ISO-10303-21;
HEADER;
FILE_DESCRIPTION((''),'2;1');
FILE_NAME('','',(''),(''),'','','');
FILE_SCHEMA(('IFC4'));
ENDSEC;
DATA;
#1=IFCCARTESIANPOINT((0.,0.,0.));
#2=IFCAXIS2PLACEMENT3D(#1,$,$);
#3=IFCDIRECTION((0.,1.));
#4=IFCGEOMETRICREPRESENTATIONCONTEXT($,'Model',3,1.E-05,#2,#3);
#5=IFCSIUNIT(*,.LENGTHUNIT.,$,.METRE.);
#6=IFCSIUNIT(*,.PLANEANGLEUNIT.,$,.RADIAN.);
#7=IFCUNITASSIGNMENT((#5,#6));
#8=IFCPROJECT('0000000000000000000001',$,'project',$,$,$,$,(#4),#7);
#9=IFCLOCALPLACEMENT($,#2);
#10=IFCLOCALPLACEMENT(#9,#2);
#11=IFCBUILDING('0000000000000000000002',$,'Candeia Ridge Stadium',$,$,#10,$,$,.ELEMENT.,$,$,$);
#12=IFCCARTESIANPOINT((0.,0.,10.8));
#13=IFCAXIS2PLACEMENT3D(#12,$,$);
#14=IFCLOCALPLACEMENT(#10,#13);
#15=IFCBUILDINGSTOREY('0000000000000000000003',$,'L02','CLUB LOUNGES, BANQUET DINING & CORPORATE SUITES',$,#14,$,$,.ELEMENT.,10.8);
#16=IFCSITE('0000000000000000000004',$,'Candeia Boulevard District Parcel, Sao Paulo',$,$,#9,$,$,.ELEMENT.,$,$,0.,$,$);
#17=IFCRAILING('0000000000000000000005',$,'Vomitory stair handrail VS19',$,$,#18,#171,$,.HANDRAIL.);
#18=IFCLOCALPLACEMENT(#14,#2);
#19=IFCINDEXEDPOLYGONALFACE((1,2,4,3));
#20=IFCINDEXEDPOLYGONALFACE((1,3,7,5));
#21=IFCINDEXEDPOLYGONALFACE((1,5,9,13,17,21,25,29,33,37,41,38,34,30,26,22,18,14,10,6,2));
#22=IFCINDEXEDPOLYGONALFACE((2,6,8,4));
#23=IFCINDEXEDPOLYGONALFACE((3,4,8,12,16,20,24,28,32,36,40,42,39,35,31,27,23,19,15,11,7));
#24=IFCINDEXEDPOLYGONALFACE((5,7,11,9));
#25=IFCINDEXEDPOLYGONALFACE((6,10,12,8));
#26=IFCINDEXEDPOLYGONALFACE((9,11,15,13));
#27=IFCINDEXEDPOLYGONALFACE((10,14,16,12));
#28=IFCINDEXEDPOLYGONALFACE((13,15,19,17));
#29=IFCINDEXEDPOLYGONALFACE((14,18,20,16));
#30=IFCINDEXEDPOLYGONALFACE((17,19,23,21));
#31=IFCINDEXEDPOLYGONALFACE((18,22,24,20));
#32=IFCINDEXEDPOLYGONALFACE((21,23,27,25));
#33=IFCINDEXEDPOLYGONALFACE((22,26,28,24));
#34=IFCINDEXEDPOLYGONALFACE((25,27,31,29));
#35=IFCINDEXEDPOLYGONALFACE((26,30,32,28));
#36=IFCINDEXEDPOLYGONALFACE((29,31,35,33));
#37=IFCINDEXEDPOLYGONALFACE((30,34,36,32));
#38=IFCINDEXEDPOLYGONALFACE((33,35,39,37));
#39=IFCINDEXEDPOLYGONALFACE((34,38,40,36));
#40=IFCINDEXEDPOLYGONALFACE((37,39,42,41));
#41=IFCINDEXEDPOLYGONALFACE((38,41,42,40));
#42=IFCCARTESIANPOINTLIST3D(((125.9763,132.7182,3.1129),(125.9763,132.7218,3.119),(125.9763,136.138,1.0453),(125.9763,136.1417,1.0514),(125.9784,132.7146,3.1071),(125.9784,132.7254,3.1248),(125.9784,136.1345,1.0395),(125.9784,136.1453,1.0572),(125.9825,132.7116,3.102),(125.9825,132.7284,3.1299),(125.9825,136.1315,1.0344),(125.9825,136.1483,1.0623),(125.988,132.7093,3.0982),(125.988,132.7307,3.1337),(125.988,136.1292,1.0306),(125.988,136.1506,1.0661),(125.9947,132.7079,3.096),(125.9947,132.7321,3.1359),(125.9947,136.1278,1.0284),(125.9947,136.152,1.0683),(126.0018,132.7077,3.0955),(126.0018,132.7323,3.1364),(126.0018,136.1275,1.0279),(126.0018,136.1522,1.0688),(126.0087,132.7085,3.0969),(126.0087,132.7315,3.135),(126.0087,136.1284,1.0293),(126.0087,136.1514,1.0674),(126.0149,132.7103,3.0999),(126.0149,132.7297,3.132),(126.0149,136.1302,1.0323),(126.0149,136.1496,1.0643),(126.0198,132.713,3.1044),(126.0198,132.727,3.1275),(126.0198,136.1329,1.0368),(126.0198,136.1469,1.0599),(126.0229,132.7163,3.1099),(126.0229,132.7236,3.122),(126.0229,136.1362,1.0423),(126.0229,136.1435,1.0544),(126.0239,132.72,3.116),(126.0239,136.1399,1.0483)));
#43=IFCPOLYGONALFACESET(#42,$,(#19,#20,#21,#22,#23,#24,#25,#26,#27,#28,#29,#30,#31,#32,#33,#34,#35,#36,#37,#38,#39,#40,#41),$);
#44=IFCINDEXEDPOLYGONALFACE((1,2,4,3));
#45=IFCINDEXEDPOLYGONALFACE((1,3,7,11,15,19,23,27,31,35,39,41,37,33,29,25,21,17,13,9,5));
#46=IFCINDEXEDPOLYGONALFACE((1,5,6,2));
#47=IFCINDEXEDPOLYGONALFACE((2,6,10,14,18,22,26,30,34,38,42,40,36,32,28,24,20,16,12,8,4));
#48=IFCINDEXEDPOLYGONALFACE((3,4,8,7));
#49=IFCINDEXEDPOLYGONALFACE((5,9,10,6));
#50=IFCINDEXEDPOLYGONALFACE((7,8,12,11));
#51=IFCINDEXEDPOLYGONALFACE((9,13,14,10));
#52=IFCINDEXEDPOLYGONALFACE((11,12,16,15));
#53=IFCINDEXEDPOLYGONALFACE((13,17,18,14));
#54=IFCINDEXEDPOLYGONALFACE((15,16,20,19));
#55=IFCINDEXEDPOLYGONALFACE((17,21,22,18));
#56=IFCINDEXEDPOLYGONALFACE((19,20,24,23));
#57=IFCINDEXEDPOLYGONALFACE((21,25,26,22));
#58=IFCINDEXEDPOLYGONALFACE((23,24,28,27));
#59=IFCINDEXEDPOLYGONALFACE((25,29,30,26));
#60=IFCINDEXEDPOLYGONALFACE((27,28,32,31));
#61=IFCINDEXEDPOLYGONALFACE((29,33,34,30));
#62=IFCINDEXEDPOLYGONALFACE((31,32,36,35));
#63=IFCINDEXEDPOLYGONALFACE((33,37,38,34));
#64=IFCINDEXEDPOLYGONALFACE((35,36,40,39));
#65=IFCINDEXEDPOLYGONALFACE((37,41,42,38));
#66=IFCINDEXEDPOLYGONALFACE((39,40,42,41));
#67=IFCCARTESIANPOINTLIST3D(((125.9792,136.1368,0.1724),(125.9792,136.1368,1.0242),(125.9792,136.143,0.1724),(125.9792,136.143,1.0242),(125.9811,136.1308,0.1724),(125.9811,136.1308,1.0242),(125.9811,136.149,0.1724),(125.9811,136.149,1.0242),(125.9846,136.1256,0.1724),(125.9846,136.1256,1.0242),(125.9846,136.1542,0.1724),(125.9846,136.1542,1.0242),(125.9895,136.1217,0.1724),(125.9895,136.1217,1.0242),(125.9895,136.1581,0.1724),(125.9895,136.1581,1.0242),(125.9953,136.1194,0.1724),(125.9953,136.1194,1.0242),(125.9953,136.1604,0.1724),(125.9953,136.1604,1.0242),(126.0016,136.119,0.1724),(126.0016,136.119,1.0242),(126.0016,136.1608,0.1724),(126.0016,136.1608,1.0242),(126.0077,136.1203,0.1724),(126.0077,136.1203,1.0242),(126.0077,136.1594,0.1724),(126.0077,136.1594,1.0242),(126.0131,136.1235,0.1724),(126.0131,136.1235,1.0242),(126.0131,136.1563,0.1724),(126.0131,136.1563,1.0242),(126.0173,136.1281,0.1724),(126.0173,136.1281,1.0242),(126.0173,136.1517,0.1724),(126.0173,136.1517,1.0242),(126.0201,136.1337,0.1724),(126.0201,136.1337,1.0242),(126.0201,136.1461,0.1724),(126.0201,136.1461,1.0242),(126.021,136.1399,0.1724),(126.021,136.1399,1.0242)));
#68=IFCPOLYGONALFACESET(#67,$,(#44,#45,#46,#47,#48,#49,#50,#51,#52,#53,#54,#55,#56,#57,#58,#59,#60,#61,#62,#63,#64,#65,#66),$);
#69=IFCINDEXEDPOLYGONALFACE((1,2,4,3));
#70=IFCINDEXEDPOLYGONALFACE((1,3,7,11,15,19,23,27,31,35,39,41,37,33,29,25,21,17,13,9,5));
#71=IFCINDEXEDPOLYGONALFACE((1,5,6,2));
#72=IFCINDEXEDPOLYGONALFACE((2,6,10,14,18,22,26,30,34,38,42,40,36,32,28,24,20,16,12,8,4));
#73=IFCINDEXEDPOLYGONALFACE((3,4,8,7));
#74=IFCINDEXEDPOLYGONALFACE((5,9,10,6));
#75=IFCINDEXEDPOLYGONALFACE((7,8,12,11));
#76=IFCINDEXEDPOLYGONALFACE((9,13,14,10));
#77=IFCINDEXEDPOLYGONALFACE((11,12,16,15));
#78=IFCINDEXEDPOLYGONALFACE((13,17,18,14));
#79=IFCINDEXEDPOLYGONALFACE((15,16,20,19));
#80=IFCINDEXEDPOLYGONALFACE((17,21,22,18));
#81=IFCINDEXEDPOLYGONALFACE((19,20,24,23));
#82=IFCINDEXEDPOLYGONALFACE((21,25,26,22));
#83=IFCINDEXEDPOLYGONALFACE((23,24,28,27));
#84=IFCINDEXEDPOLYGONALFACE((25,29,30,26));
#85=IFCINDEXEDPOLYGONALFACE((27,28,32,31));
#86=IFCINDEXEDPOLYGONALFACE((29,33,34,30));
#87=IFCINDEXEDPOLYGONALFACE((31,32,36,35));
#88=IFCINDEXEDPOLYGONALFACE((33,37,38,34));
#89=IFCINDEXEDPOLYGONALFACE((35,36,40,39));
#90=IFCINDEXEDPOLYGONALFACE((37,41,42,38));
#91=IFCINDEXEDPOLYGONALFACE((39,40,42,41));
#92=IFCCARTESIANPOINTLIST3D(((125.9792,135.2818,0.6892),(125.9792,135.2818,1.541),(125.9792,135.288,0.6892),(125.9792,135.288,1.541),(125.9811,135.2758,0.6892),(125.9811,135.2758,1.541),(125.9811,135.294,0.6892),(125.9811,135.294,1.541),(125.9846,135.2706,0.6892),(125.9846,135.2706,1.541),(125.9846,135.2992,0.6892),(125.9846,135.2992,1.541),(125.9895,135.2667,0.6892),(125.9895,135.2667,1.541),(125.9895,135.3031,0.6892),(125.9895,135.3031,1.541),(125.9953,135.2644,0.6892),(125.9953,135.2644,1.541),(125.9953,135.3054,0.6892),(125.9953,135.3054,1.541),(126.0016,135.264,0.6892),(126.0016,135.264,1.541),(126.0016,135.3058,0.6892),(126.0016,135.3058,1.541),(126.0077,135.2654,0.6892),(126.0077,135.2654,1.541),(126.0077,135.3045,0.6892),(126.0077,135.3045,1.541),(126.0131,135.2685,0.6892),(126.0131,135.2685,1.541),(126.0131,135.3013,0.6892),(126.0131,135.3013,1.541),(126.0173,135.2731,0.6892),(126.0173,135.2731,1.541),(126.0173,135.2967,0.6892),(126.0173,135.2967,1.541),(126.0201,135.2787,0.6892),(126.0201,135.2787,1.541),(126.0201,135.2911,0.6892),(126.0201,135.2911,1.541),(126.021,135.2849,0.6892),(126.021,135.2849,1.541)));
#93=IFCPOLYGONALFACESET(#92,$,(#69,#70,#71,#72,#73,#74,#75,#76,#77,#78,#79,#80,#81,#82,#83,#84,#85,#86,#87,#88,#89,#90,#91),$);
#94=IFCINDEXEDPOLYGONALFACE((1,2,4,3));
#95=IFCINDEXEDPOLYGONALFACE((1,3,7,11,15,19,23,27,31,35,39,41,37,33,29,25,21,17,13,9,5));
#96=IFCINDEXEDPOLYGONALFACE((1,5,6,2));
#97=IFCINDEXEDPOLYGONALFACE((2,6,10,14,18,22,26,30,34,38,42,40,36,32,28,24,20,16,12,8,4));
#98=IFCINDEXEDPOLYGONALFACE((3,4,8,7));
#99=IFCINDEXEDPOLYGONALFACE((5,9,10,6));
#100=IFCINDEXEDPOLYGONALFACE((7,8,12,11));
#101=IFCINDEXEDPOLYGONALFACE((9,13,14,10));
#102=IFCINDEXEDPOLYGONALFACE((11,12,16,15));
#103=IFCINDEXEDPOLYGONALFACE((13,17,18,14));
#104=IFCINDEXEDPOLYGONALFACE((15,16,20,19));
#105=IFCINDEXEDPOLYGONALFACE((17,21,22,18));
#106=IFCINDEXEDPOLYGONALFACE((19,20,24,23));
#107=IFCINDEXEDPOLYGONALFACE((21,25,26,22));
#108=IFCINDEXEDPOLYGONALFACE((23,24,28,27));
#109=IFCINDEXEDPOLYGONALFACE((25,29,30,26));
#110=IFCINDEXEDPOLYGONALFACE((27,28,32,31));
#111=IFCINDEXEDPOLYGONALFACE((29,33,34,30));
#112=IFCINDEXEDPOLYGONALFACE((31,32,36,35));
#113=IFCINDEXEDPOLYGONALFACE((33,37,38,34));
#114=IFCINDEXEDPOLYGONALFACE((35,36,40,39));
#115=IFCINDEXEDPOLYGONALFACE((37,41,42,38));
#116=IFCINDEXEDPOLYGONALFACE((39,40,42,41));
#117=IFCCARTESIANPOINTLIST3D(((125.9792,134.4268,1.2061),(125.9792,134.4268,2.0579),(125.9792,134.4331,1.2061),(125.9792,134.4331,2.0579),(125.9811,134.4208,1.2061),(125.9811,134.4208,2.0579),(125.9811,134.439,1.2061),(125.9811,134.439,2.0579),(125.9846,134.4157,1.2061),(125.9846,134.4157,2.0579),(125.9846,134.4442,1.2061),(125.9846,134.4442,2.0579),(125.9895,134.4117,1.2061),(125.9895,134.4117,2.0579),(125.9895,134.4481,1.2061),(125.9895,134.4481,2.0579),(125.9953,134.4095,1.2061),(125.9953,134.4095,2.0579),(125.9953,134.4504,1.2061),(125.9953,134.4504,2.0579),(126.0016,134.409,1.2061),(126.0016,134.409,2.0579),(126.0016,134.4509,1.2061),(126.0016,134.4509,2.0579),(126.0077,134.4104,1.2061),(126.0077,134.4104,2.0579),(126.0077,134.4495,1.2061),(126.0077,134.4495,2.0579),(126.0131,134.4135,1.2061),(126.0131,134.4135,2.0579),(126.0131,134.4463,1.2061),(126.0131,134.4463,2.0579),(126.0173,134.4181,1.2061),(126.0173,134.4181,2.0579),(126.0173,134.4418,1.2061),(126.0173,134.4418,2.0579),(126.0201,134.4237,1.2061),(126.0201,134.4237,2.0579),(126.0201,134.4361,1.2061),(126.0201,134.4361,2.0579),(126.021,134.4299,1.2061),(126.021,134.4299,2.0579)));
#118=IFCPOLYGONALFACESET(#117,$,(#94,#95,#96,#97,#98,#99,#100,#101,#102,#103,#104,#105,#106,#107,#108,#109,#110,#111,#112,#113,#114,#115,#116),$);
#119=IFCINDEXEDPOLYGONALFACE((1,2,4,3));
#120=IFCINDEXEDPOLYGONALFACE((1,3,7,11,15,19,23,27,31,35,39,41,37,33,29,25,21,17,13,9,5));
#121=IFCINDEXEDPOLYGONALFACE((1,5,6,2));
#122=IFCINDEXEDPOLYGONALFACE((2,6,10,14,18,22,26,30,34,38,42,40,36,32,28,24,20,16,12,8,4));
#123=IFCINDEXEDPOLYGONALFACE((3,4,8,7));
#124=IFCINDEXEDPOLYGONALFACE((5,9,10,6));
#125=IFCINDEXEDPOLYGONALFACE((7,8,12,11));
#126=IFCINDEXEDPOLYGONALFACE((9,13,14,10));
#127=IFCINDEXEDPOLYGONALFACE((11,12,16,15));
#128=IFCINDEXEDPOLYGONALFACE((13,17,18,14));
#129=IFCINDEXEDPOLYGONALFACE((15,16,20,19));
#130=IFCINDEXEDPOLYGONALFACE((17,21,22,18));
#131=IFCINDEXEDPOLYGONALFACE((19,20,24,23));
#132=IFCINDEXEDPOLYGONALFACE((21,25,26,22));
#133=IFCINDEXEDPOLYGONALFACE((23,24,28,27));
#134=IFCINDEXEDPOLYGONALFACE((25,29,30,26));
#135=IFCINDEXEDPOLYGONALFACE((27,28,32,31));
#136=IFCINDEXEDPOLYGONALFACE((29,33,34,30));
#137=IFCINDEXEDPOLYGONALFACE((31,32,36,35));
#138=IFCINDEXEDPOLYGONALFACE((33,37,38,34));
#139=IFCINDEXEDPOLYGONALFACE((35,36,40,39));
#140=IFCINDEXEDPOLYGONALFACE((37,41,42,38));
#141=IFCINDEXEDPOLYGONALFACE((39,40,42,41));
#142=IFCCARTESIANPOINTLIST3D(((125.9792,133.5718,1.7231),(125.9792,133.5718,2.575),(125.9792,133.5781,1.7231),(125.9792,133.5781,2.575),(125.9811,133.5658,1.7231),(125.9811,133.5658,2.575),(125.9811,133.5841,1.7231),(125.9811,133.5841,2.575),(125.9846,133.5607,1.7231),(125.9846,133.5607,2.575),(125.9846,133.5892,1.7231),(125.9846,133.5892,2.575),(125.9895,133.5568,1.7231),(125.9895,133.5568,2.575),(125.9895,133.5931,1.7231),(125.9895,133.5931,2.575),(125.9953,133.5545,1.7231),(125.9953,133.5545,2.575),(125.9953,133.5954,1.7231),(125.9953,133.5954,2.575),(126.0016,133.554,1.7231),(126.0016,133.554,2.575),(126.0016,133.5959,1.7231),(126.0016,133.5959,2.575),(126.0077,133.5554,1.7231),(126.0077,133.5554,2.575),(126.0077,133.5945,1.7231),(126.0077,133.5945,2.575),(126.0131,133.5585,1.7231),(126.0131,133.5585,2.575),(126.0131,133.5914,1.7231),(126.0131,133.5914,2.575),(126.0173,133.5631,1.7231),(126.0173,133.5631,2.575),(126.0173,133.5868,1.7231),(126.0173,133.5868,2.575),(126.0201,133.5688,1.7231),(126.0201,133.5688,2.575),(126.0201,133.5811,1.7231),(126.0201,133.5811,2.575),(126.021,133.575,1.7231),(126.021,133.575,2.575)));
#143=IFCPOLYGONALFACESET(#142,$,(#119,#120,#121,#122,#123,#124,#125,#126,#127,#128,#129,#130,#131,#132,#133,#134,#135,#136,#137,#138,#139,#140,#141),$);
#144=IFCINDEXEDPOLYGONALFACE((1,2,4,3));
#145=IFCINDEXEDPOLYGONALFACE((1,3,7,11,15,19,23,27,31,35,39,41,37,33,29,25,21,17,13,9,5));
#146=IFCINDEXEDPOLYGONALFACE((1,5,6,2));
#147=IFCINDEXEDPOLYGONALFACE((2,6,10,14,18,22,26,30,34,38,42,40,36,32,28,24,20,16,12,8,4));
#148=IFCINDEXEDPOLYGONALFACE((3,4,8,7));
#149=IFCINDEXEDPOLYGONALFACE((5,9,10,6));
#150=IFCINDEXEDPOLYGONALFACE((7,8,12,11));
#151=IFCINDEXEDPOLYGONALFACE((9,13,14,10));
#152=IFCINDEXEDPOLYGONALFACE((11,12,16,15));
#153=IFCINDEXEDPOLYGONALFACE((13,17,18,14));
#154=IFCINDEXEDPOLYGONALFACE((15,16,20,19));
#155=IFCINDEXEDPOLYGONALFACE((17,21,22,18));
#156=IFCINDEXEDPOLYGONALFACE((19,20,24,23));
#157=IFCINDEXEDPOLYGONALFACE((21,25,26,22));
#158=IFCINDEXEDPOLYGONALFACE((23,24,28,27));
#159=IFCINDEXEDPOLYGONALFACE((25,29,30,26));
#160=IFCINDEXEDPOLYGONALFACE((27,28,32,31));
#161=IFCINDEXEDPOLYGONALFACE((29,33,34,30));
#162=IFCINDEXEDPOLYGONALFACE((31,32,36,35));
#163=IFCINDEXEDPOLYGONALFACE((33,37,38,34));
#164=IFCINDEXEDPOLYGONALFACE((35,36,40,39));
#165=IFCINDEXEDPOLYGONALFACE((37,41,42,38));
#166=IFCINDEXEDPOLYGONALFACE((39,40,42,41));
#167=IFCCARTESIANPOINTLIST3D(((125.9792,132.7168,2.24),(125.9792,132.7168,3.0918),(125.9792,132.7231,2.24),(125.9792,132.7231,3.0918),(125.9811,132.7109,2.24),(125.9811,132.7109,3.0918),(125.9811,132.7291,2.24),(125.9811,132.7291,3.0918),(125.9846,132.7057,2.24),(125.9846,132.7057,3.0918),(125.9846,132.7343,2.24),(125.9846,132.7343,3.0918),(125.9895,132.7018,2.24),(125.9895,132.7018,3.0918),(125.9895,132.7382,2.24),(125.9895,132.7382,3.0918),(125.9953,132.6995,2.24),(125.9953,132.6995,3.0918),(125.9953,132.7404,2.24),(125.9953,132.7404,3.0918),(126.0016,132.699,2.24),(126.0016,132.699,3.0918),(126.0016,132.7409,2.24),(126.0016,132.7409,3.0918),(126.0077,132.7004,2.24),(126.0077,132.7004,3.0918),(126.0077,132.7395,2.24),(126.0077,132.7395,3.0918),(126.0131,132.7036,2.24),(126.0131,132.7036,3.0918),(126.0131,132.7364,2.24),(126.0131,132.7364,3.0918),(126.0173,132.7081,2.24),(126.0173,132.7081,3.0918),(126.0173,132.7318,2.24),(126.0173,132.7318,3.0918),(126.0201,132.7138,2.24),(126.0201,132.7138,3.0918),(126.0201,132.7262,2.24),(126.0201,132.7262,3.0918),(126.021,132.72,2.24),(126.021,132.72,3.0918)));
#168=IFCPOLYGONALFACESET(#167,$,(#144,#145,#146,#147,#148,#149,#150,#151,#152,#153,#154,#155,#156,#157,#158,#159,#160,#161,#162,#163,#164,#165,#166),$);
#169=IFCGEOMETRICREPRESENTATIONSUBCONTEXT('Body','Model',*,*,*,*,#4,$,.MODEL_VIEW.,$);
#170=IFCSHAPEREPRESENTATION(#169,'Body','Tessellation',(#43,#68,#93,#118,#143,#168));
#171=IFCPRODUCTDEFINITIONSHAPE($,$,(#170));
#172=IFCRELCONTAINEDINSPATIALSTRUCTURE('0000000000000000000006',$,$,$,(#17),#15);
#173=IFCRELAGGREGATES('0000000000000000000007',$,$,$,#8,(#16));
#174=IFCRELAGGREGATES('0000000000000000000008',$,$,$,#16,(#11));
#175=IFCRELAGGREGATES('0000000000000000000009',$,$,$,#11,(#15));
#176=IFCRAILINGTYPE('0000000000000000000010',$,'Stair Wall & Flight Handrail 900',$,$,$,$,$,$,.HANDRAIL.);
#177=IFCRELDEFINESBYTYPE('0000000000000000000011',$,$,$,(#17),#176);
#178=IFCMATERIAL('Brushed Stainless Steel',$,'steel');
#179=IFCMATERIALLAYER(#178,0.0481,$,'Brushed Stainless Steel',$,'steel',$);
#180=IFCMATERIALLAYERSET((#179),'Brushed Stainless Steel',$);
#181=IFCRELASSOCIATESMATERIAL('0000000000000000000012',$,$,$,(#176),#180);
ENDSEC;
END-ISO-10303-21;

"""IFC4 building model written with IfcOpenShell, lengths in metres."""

from ifc_helpers import new_model, si_unit, direction, frame, origin, origin_2d, place, context, subcontext, project, spatial, circle, extrude, material, layer, layer_set, type_object, element, save


model = new_model("IFC4")

# Units and contexts
model_context = context("Model", 3, precision=1e-05, world=origin(), true_north=direction((0.0, 1.0)))
body_context = subcontext(model_context, "Body", "Model", "MODEL_VIEW")
ifc_project = project(units=[si_unit("LENGTHUNIT", "METRE"), si_unit("PLANEANGLEUNIT", "RADIAN")], contexts=[model_context])

# Site, building, storey
site_placement = place(None, origin())
site = spatial("IfcSite", under=ifc_project, at=site_placement, Name="Candeia Boulevard District Parcel, Sao Paulo", CompositionType="ELEMENT", RefElevation=0.0)
building_placement = place(site_placement, origin())
building = spatial("IfcBuilding", under=site, at=building_placement, Name="Candeia Ridge Stadium", CompositionType="ELEMENT")
storey_placement = place(building_placement, frame((0.0, 0.0, 10.8)))
storey = spatial("IfcBuildingStorey", under=building, at=storey_placement, Name="L02", Description="CLUB LOUNGES, BANQUET DINING & CORPORATE SUITES", CompositionType="ELEMENT", Elevation=10.8)

# Railing
ifc_material_1 = material(Name="Brushed Stainless Steel", Category="steel")
ifc_layer_1 = layer(ifc_material_1, 0.0481, Name="Brushed Stainless Steel", Category="steel")
ifc_layer_set_1 = layer_set([ifc_layer_1], Name="Brushed Stainless Steel")
railing_type_1 = type_object("IfcRailingType", Name="Stair Wall & Flight Handrail 900", PredefinedType="HANDRAIL", material=ifc_layer_set_1)
railing_1_placement = place(storey_placement, frame((126.0, 136.1399, 0.1724)))
element("IfcRailing", 1, at=railing_1_placement, inside=storey, type_object=railing_type_1, Name="Vomitory stair handrail VS19", PredefinedType="HANDRAIL", context=body_context, shape_type="SweptSolid", body=[
    extrude(circle(Radius=0.0239, at=origin_2d()), frame((0.0, 0.0, 0.876), z_axis=(0.0, -0.855758, 0.517377), x_axis=(1.0, 0.0, 0.0)), (0.0, 0.0, 1.0), 3.9963),
    extrude(circle(Radius=0.021, at=origin_2d()), origin(), (0.0, 0.0, 1.0), 0.8518),
    extrude(circle(Radius=0.021, at=origin_2d()), frame((0.0, -0.855, 0.5168)), (0.0, 0.0, 1.0), 0.8518),
    extrude(circle(Radius=0.021, at=origin_2d()), frame((0.0, -1.71, 1.0337)), (0.0, 0.0, 1.0), 0.8518),
    extrude(circle(Radius=0.021, at=origin_2d()), frame((0.0, -2.5649, 1.5508)), (0.0, 0.0, 1.0), 0.8518),
    extrude(circle(Radius=0.021, at=origin_2d()), frame((0.0, -3.4199, 2.0676)), (0.0, 0.0, 1.0), 0.8518),
])

save(model, "model.ifc")
